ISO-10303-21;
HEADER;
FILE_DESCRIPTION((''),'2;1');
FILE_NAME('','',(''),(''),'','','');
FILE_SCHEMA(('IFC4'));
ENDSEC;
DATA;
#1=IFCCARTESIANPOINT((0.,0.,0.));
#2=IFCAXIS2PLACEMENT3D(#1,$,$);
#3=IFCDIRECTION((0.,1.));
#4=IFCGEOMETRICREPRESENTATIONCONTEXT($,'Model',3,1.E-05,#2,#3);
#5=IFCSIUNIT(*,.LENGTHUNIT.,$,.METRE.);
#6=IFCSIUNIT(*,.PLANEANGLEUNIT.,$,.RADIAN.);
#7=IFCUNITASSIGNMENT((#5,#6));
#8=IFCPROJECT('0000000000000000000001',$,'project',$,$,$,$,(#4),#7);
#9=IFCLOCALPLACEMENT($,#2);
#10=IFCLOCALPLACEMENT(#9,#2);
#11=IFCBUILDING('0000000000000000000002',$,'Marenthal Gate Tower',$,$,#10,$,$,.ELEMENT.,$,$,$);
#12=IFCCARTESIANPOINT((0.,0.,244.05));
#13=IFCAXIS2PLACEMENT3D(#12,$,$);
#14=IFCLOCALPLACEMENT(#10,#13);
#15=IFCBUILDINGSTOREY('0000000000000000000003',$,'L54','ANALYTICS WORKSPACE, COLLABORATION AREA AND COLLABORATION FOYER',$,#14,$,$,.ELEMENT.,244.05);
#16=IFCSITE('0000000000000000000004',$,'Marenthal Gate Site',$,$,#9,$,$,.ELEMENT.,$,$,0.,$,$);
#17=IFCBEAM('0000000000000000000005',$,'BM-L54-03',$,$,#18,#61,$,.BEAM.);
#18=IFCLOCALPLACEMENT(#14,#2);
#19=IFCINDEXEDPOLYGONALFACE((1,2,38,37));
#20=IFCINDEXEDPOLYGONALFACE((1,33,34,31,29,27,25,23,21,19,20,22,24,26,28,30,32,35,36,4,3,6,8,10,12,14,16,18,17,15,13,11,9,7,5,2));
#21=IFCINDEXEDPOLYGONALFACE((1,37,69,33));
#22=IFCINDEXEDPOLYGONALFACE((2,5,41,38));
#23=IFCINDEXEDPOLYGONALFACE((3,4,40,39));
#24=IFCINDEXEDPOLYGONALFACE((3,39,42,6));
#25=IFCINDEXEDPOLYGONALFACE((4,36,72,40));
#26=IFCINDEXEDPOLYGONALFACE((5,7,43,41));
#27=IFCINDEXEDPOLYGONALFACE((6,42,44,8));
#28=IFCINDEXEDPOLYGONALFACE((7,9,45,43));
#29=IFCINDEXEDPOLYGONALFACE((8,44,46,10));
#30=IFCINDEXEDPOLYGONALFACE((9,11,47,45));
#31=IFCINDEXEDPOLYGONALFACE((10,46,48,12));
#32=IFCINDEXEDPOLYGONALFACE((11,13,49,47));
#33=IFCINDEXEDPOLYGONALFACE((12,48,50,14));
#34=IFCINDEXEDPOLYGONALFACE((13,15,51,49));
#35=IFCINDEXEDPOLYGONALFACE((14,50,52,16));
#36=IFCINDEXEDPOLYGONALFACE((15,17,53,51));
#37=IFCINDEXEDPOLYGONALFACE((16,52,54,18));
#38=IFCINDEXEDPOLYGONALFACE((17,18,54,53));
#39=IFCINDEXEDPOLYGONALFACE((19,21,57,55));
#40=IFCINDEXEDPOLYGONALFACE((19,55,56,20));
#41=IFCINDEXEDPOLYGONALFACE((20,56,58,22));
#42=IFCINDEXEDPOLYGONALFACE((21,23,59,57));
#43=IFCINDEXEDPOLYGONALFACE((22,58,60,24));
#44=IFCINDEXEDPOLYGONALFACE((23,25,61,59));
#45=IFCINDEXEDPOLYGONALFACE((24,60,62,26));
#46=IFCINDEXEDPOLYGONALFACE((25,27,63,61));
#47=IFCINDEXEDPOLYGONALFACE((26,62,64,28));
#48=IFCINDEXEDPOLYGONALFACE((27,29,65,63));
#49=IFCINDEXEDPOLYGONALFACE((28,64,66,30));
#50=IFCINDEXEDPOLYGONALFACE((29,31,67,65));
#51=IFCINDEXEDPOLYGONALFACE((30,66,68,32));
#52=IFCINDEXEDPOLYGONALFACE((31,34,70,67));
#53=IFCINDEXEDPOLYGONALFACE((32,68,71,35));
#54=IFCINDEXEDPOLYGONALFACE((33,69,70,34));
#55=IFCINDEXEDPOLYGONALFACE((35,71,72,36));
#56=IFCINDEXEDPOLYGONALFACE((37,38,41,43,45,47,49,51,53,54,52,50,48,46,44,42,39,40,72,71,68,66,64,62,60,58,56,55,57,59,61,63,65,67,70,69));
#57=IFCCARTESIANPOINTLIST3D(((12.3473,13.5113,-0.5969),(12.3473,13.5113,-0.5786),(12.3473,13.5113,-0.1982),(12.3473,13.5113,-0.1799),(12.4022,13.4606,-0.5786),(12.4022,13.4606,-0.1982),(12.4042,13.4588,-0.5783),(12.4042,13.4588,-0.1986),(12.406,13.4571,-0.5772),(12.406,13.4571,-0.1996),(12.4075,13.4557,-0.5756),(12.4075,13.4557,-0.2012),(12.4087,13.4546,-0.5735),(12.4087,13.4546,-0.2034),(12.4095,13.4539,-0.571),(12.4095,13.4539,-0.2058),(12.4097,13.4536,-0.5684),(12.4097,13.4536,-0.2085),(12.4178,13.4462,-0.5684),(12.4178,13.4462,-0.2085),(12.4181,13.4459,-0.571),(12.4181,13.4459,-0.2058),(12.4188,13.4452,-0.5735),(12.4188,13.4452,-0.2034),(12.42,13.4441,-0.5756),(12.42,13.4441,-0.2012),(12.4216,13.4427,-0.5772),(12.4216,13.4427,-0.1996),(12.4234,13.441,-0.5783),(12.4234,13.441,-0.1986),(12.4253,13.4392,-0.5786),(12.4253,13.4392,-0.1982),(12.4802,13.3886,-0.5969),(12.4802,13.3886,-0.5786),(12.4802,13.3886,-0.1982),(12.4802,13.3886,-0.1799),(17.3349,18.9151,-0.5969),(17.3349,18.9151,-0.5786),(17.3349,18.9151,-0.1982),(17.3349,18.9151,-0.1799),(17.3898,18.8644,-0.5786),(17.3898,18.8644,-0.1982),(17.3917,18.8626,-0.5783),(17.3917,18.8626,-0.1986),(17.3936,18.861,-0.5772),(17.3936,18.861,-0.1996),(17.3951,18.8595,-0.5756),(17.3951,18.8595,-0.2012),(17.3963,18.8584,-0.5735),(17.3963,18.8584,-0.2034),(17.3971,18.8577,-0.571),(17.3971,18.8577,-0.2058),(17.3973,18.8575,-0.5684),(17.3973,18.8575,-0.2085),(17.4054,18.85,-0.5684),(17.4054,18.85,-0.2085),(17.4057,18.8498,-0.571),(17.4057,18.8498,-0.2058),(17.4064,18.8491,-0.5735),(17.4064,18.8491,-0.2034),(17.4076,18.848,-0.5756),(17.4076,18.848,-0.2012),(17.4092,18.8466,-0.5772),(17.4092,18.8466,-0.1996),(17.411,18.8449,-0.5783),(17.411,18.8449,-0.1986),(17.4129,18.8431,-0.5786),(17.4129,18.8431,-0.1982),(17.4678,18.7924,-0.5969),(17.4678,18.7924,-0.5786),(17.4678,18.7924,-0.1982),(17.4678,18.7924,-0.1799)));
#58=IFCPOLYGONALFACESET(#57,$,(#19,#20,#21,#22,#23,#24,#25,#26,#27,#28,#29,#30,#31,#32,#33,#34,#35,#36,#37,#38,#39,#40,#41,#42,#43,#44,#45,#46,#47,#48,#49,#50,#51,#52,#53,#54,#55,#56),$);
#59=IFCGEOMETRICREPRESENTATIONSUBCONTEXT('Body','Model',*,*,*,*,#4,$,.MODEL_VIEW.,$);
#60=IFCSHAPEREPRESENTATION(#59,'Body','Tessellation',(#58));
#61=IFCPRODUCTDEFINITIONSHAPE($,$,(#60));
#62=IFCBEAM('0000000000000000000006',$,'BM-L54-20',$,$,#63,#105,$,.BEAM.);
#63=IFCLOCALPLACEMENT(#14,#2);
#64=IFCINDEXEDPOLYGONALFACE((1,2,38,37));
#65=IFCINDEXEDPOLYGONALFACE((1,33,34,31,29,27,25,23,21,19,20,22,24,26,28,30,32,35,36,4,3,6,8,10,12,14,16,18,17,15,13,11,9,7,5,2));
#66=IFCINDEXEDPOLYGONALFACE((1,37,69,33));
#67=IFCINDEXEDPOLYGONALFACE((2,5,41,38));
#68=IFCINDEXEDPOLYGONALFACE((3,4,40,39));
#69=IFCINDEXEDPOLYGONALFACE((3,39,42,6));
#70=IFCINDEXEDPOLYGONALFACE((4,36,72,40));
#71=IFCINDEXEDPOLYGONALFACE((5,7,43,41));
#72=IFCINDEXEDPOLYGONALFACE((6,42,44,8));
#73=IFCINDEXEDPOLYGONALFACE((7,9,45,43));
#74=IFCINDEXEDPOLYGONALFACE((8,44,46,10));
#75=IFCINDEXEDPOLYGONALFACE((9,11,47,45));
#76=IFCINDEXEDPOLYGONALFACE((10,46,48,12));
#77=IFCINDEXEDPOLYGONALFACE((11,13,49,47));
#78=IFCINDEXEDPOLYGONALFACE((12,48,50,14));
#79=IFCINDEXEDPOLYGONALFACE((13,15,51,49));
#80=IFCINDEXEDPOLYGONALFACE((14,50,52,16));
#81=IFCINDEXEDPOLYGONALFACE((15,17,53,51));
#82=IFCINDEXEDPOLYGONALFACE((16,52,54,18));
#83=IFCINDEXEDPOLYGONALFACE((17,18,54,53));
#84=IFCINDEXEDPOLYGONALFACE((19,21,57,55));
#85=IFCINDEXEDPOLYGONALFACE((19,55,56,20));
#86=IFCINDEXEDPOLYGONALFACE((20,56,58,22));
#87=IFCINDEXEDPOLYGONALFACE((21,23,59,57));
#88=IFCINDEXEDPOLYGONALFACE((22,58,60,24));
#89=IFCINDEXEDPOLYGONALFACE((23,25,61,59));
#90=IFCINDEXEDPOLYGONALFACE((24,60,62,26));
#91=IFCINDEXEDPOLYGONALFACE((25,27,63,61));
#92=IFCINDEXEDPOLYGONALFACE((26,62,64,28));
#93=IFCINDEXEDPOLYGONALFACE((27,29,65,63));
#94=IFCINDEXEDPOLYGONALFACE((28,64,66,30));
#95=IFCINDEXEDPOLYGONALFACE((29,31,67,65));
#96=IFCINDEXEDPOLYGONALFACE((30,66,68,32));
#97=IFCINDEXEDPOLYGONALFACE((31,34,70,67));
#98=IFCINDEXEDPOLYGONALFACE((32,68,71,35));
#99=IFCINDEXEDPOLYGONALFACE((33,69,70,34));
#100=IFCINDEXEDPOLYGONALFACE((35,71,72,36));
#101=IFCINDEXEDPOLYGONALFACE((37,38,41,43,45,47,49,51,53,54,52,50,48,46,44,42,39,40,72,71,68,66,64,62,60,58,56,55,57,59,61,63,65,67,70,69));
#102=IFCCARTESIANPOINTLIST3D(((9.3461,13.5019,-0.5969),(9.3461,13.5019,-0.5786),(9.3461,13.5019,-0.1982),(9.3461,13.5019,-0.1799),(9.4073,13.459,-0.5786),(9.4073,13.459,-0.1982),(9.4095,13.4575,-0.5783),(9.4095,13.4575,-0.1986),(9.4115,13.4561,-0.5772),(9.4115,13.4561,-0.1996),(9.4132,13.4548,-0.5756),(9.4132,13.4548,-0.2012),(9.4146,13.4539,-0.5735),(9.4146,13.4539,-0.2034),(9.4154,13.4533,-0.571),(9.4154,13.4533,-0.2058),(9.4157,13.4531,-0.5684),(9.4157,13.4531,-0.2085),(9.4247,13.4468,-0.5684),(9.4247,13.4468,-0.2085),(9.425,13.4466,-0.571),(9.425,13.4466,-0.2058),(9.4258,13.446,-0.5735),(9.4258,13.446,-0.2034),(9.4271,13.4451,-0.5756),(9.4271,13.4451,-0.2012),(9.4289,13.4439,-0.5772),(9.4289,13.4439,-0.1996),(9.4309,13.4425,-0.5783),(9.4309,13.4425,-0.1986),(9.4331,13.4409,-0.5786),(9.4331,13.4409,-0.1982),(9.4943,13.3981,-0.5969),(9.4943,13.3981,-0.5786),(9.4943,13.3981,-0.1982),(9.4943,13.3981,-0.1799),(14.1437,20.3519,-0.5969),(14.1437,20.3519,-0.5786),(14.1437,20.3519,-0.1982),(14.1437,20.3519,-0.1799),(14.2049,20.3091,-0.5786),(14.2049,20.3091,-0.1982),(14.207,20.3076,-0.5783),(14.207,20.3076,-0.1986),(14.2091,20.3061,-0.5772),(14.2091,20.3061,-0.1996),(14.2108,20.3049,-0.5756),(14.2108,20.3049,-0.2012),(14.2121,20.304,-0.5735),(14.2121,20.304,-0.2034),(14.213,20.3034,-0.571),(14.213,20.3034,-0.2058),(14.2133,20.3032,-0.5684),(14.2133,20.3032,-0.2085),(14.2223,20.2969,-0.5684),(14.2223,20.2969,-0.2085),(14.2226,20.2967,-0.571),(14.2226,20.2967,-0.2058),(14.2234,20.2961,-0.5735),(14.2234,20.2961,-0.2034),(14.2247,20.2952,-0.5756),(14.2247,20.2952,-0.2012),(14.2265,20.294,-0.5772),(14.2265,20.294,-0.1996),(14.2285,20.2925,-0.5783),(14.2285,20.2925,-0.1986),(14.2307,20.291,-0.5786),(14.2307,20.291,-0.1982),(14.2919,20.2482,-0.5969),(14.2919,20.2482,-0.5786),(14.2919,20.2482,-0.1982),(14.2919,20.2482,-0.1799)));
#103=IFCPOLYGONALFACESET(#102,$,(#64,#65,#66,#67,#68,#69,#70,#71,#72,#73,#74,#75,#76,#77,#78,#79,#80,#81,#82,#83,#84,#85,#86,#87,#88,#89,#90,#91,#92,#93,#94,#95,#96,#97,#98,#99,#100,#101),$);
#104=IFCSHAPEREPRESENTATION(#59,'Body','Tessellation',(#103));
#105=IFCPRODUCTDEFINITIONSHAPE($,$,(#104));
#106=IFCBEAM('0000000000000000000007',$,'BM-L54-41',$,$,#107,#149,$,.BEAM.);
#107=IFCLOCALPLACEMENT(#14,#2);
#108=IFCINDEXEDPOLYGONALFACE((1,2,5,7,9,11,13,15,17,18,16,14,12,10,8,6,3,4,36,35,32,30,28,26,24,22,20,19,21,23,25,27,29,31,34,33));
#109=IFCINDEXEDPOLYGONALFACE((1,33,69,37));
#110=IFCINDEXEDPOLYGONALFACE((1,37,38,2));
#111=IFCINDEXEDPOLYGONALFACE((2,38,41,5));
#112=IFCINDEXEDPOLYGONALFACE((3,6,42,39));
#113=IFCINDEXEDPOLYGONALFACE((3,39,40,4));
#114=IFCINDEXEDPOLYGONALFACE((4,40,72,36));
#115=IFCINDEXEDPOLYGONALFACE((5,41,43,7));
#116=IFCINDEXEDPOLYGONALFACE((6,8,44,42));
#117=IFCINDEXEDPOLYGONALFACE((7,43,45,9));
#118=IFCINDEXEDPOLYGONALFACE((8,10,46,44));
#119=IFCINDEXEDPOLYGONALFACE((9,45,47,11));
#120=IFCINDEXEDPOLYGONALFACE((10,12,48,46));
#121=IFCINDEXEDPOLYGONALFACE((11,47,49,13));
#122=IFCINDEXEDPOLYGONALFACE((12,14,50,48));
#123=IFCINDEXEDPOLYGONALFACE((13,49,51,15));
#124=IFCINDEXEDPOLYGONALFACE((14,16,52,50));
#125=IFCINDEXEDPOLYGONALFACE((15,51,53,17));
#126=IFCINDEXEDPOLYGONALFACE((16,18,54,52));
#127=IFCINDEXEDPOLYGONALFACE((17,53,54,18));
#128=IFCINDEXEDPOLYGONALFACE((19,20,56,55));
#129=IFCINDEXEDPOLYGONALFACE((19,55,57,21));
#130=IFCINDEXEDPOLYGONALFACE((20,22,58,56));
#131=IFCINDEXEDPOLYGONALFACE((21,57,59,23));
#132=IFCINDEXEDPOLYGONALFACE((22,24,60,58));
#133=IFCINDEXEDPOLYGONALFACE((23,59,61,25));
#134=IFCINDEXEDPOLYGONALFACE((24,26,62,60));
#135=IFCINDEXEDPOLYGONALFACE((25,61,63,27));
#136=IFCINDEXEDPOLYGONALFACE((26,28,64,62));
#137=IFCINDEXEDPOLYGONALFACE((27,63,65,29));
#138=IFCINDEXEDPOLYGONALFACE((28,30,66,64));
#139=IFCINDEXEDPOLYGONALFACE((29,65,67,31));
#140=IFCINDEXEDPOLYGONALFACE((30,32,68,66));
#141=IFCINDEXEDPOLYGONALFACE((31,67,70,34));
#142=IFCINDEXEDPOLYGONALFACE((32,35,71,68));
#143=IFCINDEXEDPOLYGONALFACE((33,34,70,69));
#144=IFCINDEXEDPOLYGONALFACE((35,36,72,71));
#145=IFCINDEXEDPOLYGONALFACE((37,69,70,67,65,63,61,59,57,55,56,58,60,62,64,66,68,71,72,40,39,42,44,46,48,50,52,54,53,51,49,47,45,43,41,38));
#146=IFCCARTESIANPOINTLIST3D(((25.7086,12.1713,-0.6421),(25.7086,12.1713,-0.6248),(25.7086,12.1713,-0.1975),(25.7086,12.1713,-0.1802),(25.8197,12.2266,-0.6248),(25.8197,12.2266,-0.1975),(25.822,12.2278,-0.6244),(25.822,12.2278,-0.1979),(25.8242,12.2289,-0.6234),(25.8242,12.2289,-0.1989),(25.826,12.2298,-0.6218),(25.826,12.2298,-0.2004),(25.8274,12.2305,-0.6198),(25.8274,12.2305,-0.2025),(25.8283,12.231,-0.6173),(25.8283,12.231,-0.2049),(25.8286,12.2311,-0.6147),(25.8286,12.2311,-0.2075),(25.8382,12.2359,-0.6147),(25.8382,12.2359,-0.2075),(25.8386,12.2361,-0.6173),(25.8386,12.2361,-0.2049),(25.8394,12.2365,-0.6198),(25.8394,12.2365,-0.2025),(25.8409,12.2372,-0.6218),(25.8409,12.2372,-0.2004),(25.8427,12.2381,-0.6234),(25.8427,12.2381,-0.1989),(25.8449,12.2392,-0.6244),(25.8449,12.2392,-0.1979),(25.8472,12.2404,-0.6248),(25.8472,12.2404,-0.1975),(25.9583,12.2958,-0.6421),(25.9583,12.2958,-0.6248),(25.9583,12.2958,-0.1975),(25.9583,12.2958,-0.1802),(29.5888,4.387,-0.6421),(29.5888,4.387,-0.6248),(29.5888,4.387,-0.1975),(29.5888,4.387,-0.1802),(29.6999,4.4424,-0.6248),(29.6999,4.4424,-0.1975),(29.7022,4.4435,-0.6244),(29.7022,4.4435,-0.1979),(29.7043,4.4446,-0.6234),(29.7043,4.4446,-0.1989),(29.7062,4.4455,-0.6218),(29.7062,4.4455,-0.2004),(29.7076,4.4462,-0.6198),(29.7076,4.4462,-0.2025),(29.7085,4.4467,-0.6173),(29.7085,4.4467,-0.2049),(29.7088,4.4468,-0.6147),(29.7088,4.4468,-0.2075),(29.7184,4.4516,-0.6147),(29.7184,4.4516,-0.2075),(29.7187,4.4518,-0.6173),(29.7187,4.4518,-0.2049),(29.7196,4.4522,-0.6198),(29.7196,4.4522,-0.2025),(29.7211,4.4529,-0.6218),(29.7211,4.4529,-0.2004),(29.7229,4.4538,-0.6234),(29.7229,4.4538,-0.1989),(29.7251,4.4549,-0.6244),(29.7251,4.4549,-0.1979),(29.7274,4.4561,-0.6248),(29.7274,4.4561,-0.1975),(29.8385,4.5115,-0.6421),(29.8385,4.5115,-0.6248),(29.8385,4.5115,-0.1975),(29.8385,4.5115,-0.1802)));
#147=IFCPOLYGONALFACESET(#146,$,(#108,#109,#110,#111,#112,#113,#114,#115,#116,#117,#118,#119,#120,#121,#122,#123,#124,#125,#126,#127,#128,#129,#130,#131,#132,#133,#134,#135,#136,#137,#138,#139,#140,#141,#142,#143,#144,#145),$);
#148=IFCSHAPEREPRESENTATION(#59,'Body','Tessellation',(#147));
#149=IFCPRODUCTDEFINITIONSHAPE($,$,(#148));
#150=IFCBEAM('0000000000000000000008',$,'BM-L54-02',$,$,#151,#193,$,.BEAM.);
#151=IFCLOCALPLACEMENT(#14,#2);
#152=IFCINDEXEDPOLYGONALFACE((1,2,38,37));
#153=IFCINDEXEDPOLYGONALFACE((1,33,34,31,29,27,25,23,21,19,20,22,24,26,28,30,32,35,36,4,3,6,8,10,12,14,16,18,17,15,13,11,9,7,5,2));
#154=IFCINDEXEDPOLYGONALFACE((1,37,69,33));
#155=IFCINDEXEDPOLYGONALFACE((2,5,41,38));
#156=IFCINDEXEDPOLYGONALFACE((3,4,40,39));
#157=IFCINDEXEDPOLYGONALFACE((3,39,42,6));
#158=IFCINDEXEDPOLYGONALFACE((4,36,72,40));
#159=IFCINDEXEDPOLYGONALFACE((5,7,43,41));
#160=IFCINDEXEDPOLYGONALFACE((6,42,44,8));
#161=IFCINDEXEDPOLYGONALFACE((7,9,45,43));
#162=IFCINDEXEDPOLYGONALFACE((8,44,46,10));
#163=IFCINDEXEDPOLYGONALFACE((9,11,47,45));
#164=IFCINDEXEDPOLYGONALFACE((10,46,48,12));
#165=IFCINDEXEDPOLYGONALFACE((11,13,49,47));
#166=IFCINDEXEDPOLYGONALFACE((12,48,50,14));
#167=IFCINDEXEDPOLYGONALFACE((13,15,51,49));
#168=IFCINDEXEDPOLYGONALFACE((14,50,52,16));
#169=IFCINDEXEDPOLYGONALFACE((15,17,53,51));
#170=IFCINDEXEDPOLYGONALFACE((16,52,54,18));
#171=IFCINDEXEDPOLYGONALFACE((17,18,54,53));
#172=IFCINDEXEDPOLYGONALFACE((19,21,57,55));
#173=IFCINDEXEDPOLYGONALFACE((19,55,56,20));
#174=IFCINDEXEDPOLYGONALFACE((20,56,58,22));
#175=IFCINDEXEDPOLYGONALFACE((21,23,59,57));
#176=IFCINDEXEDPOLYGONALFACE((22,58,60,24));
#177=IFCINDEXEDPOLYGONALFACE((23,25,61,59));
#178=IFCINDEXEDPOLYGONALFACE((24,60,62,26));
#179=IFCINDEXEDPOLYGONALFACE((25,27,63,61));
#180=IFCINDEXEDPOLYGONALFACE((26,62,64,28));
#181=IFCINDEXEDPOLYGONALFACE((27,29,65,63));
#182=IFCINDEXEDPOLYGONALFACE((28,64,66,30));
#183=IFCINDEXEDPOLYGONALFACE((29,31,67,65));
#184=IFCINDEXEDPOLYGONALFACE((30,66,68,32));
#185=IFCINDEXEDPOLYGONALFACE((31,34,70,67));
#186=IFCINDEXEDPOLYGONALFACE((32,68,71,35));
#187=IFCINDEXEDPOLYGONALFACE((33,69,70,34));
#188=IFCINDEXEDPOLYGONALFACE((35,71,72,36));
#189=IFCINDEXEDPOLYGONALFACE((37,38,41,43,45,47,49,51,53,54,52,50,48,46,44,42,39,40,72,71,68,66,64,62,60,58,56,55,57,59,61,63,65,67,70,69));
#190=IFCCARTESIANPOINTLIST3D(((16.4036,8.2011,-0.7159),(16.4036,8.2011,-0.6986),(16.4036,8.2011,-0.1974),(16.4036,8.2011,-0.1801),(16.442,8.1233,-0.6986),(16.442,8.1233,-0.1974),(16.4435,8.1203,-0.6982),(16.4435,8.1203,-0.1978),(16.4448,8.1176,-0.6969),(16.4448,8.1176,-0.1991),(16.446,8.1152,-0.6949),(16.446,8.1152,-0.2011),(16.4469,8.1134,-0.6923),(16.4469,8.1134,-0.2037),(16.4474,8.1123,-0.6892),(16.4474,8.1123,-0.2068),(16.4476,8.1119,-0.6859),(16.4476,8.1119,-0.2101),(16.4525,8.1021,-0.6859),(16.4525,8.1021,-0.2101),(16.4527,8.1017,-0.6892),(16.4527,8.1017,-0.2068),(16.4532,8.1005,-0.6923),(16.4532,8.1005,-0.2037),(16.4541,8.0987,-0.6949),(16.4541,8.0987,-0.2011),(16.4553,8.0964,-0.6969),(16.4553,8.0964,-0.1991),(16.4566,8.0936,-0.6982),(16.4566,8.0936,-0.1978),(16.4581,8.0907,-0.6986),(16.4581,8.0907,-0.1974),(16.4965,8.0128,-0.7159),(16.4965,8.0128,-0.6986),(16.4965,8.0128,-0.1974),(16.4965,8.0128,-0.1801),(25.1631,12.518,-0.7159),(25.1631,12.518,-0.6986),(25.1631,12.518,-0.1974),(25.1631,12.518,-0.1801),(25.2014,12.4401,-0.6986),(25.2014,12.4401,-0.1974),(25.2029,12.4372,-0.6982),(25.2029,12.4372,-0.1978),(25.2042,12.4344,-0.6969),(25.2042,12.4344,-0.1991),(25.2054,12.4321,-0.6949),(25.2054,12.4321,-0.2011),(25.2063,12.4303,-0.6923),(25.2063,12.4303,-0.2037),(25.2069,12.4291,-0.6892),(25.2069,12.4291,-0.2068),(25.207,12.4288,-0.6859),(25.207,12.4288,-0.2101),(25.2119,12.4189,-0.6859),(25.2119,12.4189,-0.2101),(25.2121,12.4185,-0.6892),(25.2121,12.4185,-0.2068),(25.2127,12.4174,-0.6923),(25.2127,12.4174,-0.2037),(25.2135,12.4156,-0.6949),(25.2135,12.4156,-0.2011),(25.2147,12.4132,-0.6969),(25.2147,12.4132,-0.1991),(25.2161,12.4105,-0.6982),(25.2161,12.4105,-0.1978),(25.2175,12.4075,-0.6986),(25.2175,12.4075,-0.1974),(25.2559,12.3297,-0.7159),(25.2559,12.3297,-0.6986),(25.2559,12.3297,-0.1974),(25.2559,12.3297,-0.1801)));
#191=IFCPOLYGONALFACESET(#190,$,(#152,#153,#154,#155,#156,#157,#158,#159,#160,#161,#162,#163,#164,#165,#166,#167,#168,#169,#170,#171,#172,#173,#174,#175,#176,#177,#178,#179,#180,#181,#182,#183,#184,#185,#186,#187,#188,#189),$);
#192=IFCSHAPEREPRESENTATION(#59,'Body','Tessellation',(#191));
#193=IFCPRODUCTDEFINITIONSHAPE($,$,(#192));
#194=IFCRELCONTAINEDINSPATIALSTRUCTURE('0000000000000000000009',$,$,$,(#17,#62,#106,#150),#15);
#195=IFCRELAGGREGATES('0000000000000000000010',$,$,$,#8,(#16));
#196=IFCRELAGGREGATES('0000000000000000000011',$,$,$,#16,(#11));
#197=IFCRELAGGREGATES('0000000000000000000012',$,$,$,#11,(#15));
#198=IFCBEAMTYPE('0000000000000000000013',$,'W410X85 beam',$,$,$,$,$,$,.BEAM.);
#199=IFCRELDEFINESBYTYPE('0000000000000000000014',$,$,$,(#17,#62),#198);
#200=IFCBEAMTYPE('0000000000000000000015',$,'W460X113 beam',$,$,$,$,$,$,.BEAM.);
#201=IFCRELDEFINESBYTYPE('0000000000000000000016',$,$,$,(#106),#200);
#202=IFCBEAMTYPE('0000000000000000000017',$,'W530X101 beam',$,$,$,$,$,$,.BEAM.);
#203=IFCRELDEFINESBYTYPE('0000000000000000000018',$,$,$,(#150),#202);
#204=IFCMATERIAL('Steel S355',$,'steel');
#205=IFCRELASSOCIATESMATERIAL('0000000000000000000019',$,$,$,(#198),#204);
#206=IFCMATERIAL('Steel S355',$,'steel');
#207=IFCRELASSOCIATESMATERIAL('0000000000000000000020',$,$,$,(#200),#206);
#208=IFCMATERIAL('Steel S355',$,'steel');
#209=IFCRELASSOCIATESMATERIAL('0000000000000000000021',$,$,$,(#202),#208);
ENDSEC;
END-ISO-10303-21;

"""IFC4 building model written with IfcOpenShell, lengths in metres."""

from ifc_helpers import new_model, si_unit, direction, frame, origin, origin_2d, place, context, subcontext, project, spatial, i_section, extrude, material, material_profile, profile_set, type_object, element, save


model = new_model("IFC4")

# Units and contexts
model_context = context("Model", 3, precision=1e-05, world=origin(), true_north=direction((0.0, 1.0)))
body_context = subcontext(model_context, "Body", "Model", "MODEL_VIEW")
ifc_project = project(units=[si_unit("LENGTHUNIT", "METRE"), si_unit("PLANEANGLEUNIT", "RADIAN")], contexts=[model_context])

# Site, building, storey
site_placement = place(None, origin())
site = spatial("IfcSite", under=ifc_project, at=site_placement, Name="Marenthal Gate Site", CompositionType="ELEMENT", RefElevation=0.0)
building_placement = place(site_placement, origin())
building = spatial("IfcBuilding", under=site, at=building_placement, Name="Marenthal Gate Tower", CompositionType="ELEMENT")
storey_placement = place(building_placement, frame((0.0, 0.0, 244.05)))
storey = spatial("IfcBuildingStorey", under=building, at=storey_placement, Name="L54", Description="ANALYTICS WORKSPACE, COLLABORATION AREA AND COLLABORATION FOYER", CompositionType="ELEMENT", Elevation=244.05)

# Beams
ifc_material_1 = material(Name="Steel S355", Category="steel")
ifc_material_profile_1 = material_profile(ifc_material_1, i_section(OverallWidth=0.1809, OverallDepth=0.417, WebThickness=0.011, FlangeThickness=0.0183, FilletRadius=0.0103, at=origin_2d()), Name="W410X85")
ifc_profile_set_1 = profile_set([ifc_material_profile_1], Name="Steel S355")
beam_type_1 = type_object("IfcBeamType", Name="W410X85 beam", PredefinedType="BEAM", material=ifc_profile_set_1)
beam_1_placement = place(storey_placement, frame((17.4014, 18.8538, -0.3884), z_axis=(-0.678237, -0.734843, 0.0), x_axis=(0.734843, -0.678237, 0.0)))
element("IfcBeam", 1, at=beam_1_placement, inside=storey, type_object=beam_type_1, Name="BM-L54-03", PredefinedType="BEAM", context=body_context, shape_type="SweptSolid", body=[
    extrude(i_section(OverallWidth=0.1809, OverallDepth=0.417, WebThickness=0.011, FlangeThickness=0.0183, FilletRadius=0.0103, at=origin_2d()), origin(), (0.0, 0.0, 1.0), 7.3538),
])
beam_2_placement = place(storey_placement, frame((14.2178, 20.3, -0.3884), z_axis=(-0.573666, -0.819089, 0.0), x_axis=(0.819089, -0.573666, 0.0)))
element("IfcBeam", 2, at=beam_2_placement, inside=storey, type_object=beam_type_1, Name="BM-L54-20", PredefinedType="BEAM", context=body_context, shape_type="SweptSolid", body=[
    extrude(i_section(OverallWidth=0.1809, OverallDepth=0.417, WebThickness=0.011, FlangeThickness=0.0183, FilletRadius=0.0103, at=origin_2d()), origin(), (0.0, 0.0, 1.0), 8.363),
])
ifc_material_2 = material(Name="Steel S355", Category="steel")
ifc_material_profile_2 = material_profile(ifc_material_2, i_section(OverallWidth=0.2791, OverallDepth=0.4619, WebThickness=0.0107, FlangeThickness=0.0173, FilletRadius=0.01, at=origin_2d()), Name="W460X113")
ifc_profile_set_2 = profile_set([ifc_material_profile_2], Name="Steel S355")
beam_type_2 = type_object("IfcBeamType", Name="W460X113 beam", PredefinedType="BEAM", material=ifc_profile_set_2)
beam_3_placement = place(storey_placement, frame((29.7136, 4.4492, -0.4111), z_axis=(-0.446113, 0.894977, 0.0), x_axis=(-0.894977, -0.446113, 0.0)))
element("IfcBeam", 3, at=beam_3_placement, inside=storey, type_object=beam_type_2, Name="BM-L54-41", PredefinedType="BEAM", context=body_context, shape_type="SweptSolid", body=[
    extrude(i_section(OverallWidth=0.2791, OverallDepth=0.4619, WebThickness=0.0107, FlangeThickness=0.0173, FilletRadius=0.01, at=origin_2d()), origin(), (0.0, 0.0, 1.0), 8.6978),
])
ifc_material_3 = material(Name="Steel S355", Category="steel")
ifc_material_profile_3 = material_profile(ifc_material_3, i_section(OverallWidth=0.21, OverallDepth=0.5359, WebThickness=0.011, FlangeThickness=0.0173, FilletRadius=0.0127, at=origin_2d()), Name="W530X101")
ifc_profile_set_3 = profile_set([ifc_material_profile_3], Name="Steel S355")
beam_type_3 = type_object("IfcBeamType", Name="W530X101 beam", PredefinedType="BEAM", material=ifc_profile_set_3)
beam_4_placement = place(storey_placement, frame((25.2095, 12.4238, -0.448), z_axis=(-0.896987, -0.442056, 0.0), x_axis=(0.442056, -0.896987, 0.0)))
element("IfcBeam", 4, at=beam_4_placement, inside=storey, type_object=beam_type_3, Name="BM-L54-02", PredefinedType="BEAM", context=body_context, shape_type="SweptSolid", body=[
    extrude(i_section(OverallWidth=0.21, OverallDepth=0.5359, WebThickness=0.011, FlangeThickness=0.0173, FilletRadius=0.0127, at=origin_2d()), origin(), (0.0, 0.0, 1.0), 9.7654),
])

save(model, "model.ifc")
